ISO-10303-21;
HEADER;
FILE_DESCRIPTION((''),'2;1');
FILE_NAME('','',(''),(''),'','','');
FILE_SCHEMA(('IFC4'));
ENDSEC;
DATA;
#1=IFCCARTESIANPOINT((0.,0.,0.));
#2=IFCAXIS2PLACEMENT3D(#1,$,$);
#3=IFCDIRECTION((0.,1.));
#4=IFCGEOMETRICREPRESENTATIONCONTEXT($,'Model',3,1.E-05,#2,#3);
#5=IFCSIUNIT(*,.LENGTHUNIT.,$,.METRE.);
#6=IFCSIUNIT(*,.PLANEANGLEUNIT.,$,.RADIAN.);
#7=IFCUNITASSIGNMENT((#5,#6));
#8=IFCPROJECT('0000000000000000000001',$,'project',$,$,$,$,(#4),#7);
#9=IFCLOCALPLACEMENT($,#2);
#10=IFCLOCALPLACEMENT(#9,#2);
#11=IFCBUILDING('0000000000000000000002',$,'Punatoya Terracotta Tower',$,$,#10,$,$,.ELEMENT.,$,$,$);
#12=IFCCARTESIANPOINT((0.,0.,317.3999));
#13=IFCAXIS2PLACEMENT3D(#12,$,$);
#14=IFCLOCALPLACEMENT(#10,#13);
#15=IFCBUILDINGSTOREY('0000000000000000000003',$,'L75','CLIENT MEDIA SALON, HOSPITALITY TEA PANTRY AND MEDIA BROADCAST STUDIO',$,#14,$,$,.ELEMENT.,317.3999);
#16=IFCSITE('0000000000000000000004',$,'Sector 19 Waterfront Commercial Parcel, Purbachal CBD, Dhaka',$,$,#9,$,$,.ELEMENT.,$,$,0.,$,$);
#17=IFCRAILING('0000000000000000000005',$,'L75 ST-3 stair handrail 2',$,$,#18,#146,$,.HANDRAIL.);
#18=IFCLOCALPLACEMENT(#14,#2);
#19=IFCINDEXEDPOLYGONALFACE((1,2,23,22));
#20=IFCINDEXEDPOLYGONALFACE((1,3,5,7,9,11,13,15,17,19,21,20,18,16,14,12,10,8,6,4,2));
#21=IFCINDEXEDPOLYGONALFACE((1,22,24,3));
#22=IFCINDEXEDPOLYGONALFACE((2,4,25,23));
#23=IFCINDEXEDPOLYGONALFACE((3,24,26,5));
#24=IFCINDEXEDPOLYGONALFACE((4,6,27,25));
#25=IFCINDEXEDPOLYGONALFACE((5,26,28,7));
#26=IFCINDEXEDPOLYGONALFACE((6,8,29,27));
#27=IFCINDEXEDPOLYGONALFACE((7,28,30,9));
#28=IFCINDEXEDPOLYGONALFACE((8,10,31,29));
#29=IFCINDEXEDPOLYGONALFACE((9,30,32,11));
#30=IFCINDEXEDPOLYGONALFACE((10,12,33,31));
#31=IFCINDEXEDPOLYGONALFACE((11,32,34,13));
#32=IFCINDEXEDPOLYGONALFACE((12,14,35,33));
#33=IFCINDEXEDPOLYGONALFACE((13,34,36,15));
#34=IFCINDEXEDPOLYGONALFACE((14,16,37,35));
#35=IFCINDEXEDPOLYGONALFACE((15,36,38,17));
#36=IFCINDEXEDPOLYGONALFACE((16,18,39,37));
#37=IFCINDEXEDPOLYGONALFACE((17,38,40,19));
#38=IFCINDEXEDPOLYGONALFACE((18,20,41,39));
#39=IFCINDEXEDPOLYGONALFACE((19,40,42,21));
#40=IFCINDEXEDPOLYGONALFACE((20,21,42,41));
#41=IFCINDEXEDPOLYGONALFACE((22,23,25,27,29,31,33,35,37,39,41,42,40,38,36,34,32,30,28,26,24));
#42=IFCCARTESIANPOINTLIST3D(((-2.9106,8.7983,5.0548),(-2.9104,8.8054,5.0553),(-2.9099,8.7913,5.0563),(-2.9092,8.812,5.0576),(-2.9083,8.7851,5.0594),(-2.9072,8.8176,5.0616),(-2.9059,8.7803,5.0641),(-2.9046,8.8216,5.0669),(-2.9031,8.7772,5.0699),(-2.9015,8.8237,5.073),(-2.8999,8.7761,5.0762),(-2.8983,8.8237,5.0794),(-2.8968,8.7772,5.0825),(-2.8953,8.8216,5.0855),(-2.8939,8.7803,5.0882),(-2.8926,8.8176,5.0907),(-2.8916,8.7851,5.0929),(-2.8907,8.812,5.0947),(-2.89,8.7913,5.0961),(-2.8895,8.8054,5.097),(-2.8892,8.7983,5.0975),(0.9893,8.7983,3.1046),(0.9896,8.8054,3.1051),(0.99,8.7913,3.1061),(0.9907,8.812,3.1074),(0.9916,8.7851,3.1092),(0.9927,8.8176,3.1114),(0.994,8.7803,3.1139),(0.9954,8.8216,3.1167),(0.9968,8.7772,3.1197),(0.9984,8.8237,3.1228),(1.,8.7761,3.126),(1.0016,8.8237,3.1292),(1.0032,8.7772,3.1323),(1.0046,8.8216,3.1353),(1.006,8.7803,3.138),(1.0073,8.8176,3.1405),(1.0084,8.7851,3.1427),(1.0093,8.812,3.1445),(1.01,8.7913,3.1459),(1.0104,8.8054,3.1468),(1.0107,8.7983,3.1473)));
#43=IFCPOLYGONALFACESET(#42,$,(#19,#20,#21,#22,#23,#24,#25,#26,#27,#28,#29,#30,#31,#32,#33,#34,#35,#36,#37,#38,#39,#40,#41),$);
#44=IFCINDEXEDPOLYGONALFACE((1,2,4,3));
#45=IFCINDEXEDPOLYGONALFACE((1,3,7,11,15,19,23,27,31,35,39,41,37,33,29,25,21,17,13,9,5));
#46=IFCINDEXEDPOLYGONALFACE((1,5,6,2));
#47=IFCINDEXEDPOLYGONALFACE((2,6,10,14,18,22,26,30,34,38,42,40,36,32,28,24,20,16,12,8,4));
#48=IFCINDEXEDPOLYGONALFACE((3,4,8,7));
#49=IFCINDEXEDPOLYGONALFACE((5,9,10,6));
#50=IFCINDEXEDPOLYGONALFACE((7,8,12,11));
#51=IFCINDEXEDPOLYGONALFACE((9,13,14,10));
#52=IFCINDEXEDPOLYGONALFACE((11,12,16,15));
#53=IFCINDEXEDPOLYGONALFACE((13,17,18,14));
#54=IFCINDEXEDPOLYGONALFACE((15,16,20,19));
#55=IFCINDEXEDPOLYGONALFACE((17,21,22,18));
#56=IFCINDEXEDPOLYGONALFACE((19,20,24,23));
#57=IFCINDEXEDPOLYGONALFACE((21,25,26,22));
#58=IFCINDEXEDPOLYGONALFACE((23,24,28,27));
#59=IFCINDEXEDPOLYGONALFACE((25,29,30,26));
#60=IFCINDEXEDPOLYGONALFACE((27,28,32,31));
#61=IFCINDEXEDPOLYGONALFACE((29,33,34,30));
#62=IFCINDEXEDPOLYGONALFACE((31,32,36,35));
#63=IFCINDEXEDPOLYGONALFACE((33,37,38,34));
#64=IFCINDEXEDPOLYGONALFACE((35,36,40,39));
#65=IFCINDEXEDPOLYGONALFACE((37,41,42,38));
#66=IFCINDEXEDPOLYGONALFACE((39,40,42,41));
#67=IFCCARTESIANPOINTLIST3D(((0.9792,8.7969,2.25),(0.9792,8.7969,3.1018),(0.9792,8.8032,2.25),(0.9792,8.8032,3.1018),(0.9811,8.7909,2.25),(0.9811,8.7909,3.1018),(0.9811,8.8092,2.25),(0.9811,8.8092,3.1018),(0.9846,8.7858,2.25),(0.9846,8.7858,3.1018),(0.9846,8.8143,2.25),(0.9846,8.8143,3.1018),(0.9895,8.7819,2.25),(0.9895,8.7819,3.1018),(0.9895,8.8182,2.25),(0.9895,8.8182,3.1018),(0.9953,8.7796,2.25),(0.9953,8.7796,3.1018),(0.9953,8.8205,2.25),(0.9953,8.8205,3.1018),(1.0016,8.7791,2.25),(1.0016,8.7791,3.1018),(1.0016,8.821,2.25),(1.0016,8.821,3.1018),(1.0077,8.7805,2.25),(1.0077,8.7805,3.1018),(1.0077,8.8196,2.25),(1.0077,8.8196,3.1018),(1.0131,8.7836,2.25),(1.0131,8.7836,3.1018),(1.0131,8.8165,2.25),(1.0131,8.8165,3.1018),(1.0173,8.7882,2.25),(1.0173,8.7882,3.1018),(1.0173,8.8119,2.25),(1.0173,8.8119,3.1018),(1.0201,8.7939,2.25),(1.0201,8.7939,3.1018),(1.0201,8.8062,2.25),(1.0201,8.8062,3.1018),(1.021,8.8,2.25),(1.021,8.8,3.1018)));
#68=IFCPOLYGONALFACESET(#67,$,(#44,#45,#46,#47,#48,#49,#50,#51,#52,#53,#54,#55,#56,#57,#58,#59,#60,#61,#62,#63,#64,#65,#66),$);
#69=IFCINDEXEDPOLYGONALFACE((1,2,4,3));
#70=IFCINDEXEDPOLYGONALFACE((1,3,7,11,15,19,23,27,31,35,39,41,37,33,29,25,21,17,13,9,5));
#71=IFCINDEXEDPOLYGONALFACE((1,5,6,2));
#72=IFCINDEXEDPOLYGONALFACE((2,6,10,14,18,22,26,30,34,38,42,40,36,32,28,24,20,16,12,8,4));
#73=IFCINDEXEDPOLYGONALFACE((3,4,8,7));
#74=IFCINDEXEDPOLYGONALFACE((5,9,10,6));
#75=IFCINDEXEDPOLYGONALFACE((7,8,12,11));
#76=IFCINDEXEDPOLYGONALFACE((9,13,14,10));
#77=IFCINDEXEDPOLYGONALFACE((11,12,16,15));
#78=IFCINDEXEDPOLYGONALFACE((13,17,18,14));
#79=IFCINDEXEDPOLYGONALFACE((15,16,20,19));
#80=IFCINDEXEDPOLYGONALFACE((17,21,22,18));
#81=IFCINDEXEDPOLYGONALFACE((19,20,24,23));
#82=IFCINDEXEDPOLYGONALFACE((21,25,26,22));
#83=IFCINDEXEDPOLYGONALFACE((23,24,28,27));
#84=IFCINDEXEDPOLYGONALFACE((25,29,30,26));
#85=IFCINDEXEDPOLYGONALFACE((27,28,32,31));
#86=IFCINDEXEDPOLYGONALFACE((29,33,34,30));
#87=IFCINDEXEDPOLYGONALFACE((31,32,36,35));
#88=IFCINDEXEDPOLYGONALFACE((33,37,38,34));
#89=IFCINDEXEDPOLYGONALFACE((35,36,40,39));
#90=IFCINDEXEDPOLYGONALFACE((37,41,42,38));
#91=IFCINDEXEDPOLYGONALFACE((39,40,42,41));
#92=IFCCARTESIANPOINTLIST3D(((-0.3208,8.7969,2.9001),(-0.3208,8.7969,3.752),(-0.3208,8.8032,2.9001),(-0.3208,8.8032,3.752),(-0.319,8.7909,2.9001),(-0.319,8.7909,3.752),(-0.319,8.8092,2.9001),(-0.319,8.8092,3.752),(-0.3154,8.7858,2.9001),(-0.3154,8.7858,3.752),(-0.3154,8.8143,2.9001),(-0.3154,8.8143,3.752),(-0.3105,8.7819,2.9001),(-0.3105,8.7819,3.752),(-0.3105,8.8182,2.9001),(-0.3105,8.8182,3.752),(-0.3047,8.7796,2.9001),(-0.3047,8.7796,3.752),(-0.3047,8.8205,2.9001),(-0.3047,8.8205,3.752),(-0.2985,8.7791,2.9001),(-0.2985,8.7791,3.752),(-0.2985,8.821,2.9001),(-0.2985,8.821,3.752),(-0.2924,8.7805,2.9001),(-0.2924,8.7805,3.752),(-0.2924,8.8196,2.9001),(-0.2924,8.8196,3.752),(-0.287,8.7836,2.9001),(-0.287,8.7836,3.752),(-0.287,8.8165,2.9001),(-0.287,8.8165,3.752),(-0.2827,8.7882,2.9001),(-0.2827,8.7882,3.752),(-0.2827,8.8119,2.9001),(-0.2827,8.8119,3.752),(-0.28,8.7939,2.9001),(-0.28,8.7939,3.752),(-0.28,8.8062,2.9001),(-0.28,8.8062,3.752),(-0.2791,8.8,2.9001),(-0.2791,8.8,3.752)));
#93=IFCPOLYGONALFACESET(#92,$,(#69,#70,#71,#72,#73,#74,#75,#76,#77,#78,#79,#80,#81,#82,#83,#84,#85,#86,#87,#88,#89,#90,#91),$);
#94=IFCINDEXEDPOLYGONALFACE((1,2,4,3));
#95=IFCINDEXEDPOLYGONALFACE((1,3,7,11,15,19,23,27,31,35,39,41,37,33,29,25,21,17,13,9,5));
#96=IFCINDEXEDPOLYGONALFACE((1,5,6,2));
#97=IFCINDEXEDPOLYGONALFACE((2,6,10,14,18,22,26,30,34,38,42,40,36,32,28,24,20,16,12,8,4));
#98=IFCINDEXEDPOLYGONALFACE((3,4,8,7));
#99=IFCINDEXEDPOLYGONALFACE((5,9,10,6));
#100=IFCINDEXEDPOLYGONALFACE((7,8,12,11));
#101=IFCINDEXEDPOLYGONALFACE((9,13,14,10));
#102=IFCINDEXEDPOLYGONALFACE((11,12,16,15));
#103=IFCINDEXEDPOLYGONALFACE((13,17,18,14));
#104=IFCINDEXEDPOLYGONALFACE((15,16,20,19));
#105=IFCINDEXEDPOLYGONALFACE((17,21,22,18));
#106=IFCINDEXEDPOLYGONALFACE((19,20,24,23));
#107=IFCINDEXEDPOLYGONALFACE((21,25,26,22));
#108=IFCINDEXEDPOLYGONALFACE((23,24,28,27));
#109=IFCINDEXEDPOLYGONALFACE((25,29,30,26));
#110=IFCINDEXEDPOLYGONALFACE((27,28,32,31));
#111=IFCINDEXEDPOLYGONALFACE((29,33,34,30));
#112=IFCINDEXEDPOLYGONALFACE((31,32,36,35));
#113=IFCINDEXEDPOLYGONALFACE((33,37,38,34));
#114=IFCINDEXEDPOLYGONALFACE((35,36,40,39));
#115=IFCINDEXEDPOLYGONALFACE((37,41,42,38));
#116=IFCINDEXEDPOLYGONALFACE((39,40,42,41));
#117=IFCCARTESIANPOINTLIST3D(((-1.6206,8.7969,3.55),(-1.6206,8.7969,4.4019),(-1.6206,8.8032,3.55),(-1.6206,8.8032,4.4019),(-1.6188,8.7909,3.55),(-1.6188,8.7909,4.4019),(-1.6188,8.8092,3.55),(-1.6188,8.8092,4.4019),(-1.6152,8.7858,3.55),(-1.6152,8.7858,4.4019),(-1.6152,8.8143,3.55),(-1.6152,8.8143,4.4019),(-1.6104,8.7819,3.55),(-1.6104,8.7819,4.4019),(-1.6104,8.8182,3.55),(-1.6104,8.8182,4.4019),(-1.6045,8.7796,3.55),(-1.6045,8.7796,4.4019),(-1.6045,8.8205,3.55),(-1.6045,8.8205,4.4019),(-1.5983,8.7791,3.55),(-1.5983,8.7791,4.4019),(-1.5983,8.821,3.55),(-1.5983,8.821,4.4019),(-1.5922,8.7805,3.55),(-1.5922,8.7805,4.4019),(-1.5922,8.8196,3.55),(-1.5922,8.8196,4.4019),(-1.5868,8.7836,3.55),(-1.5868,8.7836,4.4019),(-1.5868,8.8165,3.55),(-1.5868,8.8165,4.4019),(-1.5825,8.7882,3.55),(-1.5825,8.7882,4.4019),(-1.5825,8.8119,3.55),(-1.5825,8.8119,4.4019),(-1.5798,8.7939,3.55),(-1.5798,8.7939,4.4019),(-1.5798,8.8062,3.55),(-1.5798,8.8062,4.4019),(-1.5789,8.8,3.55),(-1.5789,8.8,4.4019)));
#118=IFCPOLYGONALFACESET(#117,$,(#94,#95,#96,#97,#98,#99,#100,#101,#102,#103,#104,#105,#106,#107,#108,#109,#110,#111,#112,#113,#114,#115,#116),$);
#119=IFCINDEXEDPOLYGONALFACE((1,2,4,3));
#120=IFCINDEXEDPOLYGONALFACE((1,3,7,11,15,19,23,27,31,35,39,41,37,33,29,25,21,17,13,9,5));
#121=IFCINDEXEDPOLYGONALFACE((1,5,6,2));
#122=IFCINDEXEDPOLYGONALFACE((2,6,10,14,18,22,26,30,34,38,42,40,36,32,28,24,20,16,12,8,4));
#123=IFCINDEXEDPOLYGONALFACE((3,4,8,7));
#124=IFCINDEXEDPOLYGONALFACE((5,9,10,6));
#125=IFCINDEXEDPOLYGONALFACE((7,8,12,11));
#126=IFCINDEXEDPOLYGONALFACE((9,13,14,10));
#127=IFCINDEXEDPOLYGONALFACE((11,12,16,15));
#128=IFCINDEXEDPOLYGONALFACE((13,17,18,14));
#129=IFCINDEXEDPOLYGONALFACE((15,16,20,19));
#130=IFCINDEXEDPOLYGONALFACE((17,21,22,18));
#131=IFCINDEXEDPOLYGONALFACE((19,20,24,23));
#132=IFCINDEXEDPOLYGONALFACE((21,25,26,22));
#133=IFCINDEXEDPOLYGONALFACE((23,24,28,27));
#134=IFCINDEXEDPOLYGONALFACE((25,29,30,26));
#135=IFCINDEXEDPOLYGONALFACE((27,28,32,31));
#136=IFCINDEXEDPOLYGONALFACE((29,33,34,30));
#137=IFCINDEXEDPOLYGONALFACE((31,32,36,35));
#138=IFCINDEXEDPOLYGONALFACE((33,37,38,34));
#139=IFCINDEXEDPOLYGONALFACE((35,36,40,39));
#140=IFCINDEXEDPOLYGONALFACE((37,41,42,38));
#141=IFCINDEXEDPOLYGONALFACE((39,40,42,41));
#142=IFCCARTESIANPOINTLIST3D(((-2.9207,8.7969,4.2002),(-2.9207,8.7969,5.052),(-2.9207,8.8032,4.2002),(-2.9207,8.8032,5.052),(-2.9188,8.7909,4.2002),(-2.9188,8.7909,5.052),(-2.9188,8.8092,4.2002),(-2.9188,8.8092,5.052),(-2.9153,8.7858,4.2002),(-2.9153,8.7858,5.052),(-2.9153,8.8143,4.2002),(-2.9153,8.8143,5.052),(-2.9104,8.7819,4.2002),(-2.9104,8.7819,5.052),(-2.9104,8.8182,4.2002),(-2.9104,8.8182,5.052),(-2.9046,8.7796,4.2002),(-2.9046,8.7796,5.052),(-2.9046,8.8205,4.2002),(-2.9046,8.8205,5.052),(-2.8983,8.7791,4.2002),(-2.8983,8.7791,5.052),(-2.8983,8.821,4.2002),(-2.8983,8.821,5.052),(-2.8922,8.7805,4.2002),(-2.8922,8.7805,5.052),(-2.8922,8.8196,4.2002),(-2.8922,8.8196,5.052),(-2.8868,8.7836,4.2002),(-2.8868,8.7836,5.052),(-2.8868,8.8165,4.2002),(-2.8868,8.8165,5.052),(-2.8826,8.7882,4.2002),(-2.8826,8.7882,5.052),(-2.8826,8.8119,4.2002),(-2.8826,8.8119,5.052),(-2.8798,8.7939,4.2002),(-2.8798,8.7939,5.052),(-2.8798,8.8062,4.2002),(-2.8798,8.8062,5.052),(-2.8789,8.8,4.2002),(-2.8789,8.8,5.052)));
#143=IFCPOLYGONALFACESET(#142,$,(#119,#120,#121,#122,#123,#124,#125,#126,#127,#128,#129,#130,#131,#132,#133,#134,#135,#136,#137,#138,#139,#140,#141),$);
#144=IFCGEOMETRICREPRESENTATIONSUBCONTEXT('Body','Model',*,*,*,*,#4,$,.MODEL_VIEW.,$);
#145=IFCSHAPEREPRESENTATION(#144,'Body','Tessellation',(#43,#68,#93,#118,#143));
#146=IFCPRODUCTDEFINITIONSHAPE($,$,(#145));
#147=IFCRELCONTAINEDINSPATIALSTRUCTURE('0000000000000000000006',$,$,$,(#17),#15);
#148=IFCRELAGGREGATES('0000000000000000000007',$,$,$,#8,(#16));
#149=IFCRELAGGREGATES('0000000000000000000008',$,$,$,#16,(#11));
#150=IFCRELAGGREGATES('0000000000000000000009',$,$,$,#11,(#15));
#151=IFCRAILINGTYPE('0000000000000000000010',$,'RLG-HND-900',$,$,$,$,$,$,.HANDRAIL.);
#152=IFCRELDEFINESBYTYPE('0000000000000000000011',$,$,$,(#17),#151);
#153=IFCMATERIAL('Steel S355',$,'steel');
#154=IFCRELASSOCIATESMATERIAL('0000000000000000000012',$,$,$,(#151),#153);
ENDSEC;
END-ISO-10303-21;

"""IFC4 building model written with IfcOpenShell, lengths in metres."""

from ifc_helpers import new_model, si_unit, direction, frame, origin, origin_2d, place, context, subcontext, project, spatial, circle, extrude, material, type_object, element, save


model = new_model("IFC4")

# Units and contexts
model_context = context("Model", 3, precision=1e-05, world=origin(), true_north=direction((0.0, 1.0)))
body_context = subcontext(model_context, "Body", "Model", "MODEL_VIEW")
ifc_project = project(units=[si_unit("LENGTHUNIT", "METRE"), si_unit("PLANEANGLEUNIT", "RADIAN")], contexts=[model_context])

# Site, building, storey
site_placement = place(None, origin())
site = spatial("IfcSite", under=ifc_project, at=site_placement, Name="Sector 19 Waterfront Commercial Parcel, Purbachal CBD, Dhaka", CompositionType="ELEMENT", RefElevation=0.0)
building_placement = place(site_placement, origin())
building = spatial("IfcBuilding", under=site, at=building_placement, Name="Punatoya Terracotta Tower", CompositionType="ELEMENT")
storey_placement = place(building_placement, frame((0.0, 0.0, 317.3999)))
storey = spatial("IfcBuildingStorey", under=building, at=storey_placement, Name="L75", Description="CLIENT MEDIA SALON, HOSPITALITY TEA PANTRY AND MEDIA BROADCAST STUDIO", CompositionType="ELEMENT", Elevation=317.3999)

# Shared definitions
ifc_material_1 = material(Name="Steel S355", Category="steel")

# Railing
railing_type_1 = type_object("IfcRailingType", Name="RLG-HND-900", PredefinedType="HANDRAIL", material=ifc_material_1)
railing_1_placement = place(storey_placement, frame((1.0, 8.8, 2.25)))
element("IfcRailing", 1, at=railing_1_placement, inside=storey, type_object=railing_type_1, Name="L75 ST-3 stair handrail 2", PredefinedType="HANDRAIL", context=body_context, shape_type="SweptSolid", body=[
    extrude(circle(Radius=0.0239, at=origin_2d()), frame((0.0, 0.0, 0.876), z_axis=(-0.894405, 0.0, 0.447258), x_axis=(0.0, -1.0, 0.0)), (0.0, 0.0, 1.0), 4.3604),
    extrude(circle(Radius=0.021, at=origin_2d()), origin(), (0.0, 0.0, 1.0), 0.8518),
    extrude(circle(Radius=0.021, at=origin_2d()), frame((-1.3, 0.0, 0.6501)), (0.0, 0.0, 1.0), 0.8518),
    extrude(circle(Radius=0.021, at=origin_2d()), frame((-2.5999, 0.0, 1.3)), (0.0, 0.0, 1.0), 0.8518),
    extrude(circle(Radius=0.021, at=origin_2d()), frame((-3.8999, 0.0, 1.9502)), (0.0, 0.0, 1.0), 0.8518),
])

save(model, "model.ifc")
